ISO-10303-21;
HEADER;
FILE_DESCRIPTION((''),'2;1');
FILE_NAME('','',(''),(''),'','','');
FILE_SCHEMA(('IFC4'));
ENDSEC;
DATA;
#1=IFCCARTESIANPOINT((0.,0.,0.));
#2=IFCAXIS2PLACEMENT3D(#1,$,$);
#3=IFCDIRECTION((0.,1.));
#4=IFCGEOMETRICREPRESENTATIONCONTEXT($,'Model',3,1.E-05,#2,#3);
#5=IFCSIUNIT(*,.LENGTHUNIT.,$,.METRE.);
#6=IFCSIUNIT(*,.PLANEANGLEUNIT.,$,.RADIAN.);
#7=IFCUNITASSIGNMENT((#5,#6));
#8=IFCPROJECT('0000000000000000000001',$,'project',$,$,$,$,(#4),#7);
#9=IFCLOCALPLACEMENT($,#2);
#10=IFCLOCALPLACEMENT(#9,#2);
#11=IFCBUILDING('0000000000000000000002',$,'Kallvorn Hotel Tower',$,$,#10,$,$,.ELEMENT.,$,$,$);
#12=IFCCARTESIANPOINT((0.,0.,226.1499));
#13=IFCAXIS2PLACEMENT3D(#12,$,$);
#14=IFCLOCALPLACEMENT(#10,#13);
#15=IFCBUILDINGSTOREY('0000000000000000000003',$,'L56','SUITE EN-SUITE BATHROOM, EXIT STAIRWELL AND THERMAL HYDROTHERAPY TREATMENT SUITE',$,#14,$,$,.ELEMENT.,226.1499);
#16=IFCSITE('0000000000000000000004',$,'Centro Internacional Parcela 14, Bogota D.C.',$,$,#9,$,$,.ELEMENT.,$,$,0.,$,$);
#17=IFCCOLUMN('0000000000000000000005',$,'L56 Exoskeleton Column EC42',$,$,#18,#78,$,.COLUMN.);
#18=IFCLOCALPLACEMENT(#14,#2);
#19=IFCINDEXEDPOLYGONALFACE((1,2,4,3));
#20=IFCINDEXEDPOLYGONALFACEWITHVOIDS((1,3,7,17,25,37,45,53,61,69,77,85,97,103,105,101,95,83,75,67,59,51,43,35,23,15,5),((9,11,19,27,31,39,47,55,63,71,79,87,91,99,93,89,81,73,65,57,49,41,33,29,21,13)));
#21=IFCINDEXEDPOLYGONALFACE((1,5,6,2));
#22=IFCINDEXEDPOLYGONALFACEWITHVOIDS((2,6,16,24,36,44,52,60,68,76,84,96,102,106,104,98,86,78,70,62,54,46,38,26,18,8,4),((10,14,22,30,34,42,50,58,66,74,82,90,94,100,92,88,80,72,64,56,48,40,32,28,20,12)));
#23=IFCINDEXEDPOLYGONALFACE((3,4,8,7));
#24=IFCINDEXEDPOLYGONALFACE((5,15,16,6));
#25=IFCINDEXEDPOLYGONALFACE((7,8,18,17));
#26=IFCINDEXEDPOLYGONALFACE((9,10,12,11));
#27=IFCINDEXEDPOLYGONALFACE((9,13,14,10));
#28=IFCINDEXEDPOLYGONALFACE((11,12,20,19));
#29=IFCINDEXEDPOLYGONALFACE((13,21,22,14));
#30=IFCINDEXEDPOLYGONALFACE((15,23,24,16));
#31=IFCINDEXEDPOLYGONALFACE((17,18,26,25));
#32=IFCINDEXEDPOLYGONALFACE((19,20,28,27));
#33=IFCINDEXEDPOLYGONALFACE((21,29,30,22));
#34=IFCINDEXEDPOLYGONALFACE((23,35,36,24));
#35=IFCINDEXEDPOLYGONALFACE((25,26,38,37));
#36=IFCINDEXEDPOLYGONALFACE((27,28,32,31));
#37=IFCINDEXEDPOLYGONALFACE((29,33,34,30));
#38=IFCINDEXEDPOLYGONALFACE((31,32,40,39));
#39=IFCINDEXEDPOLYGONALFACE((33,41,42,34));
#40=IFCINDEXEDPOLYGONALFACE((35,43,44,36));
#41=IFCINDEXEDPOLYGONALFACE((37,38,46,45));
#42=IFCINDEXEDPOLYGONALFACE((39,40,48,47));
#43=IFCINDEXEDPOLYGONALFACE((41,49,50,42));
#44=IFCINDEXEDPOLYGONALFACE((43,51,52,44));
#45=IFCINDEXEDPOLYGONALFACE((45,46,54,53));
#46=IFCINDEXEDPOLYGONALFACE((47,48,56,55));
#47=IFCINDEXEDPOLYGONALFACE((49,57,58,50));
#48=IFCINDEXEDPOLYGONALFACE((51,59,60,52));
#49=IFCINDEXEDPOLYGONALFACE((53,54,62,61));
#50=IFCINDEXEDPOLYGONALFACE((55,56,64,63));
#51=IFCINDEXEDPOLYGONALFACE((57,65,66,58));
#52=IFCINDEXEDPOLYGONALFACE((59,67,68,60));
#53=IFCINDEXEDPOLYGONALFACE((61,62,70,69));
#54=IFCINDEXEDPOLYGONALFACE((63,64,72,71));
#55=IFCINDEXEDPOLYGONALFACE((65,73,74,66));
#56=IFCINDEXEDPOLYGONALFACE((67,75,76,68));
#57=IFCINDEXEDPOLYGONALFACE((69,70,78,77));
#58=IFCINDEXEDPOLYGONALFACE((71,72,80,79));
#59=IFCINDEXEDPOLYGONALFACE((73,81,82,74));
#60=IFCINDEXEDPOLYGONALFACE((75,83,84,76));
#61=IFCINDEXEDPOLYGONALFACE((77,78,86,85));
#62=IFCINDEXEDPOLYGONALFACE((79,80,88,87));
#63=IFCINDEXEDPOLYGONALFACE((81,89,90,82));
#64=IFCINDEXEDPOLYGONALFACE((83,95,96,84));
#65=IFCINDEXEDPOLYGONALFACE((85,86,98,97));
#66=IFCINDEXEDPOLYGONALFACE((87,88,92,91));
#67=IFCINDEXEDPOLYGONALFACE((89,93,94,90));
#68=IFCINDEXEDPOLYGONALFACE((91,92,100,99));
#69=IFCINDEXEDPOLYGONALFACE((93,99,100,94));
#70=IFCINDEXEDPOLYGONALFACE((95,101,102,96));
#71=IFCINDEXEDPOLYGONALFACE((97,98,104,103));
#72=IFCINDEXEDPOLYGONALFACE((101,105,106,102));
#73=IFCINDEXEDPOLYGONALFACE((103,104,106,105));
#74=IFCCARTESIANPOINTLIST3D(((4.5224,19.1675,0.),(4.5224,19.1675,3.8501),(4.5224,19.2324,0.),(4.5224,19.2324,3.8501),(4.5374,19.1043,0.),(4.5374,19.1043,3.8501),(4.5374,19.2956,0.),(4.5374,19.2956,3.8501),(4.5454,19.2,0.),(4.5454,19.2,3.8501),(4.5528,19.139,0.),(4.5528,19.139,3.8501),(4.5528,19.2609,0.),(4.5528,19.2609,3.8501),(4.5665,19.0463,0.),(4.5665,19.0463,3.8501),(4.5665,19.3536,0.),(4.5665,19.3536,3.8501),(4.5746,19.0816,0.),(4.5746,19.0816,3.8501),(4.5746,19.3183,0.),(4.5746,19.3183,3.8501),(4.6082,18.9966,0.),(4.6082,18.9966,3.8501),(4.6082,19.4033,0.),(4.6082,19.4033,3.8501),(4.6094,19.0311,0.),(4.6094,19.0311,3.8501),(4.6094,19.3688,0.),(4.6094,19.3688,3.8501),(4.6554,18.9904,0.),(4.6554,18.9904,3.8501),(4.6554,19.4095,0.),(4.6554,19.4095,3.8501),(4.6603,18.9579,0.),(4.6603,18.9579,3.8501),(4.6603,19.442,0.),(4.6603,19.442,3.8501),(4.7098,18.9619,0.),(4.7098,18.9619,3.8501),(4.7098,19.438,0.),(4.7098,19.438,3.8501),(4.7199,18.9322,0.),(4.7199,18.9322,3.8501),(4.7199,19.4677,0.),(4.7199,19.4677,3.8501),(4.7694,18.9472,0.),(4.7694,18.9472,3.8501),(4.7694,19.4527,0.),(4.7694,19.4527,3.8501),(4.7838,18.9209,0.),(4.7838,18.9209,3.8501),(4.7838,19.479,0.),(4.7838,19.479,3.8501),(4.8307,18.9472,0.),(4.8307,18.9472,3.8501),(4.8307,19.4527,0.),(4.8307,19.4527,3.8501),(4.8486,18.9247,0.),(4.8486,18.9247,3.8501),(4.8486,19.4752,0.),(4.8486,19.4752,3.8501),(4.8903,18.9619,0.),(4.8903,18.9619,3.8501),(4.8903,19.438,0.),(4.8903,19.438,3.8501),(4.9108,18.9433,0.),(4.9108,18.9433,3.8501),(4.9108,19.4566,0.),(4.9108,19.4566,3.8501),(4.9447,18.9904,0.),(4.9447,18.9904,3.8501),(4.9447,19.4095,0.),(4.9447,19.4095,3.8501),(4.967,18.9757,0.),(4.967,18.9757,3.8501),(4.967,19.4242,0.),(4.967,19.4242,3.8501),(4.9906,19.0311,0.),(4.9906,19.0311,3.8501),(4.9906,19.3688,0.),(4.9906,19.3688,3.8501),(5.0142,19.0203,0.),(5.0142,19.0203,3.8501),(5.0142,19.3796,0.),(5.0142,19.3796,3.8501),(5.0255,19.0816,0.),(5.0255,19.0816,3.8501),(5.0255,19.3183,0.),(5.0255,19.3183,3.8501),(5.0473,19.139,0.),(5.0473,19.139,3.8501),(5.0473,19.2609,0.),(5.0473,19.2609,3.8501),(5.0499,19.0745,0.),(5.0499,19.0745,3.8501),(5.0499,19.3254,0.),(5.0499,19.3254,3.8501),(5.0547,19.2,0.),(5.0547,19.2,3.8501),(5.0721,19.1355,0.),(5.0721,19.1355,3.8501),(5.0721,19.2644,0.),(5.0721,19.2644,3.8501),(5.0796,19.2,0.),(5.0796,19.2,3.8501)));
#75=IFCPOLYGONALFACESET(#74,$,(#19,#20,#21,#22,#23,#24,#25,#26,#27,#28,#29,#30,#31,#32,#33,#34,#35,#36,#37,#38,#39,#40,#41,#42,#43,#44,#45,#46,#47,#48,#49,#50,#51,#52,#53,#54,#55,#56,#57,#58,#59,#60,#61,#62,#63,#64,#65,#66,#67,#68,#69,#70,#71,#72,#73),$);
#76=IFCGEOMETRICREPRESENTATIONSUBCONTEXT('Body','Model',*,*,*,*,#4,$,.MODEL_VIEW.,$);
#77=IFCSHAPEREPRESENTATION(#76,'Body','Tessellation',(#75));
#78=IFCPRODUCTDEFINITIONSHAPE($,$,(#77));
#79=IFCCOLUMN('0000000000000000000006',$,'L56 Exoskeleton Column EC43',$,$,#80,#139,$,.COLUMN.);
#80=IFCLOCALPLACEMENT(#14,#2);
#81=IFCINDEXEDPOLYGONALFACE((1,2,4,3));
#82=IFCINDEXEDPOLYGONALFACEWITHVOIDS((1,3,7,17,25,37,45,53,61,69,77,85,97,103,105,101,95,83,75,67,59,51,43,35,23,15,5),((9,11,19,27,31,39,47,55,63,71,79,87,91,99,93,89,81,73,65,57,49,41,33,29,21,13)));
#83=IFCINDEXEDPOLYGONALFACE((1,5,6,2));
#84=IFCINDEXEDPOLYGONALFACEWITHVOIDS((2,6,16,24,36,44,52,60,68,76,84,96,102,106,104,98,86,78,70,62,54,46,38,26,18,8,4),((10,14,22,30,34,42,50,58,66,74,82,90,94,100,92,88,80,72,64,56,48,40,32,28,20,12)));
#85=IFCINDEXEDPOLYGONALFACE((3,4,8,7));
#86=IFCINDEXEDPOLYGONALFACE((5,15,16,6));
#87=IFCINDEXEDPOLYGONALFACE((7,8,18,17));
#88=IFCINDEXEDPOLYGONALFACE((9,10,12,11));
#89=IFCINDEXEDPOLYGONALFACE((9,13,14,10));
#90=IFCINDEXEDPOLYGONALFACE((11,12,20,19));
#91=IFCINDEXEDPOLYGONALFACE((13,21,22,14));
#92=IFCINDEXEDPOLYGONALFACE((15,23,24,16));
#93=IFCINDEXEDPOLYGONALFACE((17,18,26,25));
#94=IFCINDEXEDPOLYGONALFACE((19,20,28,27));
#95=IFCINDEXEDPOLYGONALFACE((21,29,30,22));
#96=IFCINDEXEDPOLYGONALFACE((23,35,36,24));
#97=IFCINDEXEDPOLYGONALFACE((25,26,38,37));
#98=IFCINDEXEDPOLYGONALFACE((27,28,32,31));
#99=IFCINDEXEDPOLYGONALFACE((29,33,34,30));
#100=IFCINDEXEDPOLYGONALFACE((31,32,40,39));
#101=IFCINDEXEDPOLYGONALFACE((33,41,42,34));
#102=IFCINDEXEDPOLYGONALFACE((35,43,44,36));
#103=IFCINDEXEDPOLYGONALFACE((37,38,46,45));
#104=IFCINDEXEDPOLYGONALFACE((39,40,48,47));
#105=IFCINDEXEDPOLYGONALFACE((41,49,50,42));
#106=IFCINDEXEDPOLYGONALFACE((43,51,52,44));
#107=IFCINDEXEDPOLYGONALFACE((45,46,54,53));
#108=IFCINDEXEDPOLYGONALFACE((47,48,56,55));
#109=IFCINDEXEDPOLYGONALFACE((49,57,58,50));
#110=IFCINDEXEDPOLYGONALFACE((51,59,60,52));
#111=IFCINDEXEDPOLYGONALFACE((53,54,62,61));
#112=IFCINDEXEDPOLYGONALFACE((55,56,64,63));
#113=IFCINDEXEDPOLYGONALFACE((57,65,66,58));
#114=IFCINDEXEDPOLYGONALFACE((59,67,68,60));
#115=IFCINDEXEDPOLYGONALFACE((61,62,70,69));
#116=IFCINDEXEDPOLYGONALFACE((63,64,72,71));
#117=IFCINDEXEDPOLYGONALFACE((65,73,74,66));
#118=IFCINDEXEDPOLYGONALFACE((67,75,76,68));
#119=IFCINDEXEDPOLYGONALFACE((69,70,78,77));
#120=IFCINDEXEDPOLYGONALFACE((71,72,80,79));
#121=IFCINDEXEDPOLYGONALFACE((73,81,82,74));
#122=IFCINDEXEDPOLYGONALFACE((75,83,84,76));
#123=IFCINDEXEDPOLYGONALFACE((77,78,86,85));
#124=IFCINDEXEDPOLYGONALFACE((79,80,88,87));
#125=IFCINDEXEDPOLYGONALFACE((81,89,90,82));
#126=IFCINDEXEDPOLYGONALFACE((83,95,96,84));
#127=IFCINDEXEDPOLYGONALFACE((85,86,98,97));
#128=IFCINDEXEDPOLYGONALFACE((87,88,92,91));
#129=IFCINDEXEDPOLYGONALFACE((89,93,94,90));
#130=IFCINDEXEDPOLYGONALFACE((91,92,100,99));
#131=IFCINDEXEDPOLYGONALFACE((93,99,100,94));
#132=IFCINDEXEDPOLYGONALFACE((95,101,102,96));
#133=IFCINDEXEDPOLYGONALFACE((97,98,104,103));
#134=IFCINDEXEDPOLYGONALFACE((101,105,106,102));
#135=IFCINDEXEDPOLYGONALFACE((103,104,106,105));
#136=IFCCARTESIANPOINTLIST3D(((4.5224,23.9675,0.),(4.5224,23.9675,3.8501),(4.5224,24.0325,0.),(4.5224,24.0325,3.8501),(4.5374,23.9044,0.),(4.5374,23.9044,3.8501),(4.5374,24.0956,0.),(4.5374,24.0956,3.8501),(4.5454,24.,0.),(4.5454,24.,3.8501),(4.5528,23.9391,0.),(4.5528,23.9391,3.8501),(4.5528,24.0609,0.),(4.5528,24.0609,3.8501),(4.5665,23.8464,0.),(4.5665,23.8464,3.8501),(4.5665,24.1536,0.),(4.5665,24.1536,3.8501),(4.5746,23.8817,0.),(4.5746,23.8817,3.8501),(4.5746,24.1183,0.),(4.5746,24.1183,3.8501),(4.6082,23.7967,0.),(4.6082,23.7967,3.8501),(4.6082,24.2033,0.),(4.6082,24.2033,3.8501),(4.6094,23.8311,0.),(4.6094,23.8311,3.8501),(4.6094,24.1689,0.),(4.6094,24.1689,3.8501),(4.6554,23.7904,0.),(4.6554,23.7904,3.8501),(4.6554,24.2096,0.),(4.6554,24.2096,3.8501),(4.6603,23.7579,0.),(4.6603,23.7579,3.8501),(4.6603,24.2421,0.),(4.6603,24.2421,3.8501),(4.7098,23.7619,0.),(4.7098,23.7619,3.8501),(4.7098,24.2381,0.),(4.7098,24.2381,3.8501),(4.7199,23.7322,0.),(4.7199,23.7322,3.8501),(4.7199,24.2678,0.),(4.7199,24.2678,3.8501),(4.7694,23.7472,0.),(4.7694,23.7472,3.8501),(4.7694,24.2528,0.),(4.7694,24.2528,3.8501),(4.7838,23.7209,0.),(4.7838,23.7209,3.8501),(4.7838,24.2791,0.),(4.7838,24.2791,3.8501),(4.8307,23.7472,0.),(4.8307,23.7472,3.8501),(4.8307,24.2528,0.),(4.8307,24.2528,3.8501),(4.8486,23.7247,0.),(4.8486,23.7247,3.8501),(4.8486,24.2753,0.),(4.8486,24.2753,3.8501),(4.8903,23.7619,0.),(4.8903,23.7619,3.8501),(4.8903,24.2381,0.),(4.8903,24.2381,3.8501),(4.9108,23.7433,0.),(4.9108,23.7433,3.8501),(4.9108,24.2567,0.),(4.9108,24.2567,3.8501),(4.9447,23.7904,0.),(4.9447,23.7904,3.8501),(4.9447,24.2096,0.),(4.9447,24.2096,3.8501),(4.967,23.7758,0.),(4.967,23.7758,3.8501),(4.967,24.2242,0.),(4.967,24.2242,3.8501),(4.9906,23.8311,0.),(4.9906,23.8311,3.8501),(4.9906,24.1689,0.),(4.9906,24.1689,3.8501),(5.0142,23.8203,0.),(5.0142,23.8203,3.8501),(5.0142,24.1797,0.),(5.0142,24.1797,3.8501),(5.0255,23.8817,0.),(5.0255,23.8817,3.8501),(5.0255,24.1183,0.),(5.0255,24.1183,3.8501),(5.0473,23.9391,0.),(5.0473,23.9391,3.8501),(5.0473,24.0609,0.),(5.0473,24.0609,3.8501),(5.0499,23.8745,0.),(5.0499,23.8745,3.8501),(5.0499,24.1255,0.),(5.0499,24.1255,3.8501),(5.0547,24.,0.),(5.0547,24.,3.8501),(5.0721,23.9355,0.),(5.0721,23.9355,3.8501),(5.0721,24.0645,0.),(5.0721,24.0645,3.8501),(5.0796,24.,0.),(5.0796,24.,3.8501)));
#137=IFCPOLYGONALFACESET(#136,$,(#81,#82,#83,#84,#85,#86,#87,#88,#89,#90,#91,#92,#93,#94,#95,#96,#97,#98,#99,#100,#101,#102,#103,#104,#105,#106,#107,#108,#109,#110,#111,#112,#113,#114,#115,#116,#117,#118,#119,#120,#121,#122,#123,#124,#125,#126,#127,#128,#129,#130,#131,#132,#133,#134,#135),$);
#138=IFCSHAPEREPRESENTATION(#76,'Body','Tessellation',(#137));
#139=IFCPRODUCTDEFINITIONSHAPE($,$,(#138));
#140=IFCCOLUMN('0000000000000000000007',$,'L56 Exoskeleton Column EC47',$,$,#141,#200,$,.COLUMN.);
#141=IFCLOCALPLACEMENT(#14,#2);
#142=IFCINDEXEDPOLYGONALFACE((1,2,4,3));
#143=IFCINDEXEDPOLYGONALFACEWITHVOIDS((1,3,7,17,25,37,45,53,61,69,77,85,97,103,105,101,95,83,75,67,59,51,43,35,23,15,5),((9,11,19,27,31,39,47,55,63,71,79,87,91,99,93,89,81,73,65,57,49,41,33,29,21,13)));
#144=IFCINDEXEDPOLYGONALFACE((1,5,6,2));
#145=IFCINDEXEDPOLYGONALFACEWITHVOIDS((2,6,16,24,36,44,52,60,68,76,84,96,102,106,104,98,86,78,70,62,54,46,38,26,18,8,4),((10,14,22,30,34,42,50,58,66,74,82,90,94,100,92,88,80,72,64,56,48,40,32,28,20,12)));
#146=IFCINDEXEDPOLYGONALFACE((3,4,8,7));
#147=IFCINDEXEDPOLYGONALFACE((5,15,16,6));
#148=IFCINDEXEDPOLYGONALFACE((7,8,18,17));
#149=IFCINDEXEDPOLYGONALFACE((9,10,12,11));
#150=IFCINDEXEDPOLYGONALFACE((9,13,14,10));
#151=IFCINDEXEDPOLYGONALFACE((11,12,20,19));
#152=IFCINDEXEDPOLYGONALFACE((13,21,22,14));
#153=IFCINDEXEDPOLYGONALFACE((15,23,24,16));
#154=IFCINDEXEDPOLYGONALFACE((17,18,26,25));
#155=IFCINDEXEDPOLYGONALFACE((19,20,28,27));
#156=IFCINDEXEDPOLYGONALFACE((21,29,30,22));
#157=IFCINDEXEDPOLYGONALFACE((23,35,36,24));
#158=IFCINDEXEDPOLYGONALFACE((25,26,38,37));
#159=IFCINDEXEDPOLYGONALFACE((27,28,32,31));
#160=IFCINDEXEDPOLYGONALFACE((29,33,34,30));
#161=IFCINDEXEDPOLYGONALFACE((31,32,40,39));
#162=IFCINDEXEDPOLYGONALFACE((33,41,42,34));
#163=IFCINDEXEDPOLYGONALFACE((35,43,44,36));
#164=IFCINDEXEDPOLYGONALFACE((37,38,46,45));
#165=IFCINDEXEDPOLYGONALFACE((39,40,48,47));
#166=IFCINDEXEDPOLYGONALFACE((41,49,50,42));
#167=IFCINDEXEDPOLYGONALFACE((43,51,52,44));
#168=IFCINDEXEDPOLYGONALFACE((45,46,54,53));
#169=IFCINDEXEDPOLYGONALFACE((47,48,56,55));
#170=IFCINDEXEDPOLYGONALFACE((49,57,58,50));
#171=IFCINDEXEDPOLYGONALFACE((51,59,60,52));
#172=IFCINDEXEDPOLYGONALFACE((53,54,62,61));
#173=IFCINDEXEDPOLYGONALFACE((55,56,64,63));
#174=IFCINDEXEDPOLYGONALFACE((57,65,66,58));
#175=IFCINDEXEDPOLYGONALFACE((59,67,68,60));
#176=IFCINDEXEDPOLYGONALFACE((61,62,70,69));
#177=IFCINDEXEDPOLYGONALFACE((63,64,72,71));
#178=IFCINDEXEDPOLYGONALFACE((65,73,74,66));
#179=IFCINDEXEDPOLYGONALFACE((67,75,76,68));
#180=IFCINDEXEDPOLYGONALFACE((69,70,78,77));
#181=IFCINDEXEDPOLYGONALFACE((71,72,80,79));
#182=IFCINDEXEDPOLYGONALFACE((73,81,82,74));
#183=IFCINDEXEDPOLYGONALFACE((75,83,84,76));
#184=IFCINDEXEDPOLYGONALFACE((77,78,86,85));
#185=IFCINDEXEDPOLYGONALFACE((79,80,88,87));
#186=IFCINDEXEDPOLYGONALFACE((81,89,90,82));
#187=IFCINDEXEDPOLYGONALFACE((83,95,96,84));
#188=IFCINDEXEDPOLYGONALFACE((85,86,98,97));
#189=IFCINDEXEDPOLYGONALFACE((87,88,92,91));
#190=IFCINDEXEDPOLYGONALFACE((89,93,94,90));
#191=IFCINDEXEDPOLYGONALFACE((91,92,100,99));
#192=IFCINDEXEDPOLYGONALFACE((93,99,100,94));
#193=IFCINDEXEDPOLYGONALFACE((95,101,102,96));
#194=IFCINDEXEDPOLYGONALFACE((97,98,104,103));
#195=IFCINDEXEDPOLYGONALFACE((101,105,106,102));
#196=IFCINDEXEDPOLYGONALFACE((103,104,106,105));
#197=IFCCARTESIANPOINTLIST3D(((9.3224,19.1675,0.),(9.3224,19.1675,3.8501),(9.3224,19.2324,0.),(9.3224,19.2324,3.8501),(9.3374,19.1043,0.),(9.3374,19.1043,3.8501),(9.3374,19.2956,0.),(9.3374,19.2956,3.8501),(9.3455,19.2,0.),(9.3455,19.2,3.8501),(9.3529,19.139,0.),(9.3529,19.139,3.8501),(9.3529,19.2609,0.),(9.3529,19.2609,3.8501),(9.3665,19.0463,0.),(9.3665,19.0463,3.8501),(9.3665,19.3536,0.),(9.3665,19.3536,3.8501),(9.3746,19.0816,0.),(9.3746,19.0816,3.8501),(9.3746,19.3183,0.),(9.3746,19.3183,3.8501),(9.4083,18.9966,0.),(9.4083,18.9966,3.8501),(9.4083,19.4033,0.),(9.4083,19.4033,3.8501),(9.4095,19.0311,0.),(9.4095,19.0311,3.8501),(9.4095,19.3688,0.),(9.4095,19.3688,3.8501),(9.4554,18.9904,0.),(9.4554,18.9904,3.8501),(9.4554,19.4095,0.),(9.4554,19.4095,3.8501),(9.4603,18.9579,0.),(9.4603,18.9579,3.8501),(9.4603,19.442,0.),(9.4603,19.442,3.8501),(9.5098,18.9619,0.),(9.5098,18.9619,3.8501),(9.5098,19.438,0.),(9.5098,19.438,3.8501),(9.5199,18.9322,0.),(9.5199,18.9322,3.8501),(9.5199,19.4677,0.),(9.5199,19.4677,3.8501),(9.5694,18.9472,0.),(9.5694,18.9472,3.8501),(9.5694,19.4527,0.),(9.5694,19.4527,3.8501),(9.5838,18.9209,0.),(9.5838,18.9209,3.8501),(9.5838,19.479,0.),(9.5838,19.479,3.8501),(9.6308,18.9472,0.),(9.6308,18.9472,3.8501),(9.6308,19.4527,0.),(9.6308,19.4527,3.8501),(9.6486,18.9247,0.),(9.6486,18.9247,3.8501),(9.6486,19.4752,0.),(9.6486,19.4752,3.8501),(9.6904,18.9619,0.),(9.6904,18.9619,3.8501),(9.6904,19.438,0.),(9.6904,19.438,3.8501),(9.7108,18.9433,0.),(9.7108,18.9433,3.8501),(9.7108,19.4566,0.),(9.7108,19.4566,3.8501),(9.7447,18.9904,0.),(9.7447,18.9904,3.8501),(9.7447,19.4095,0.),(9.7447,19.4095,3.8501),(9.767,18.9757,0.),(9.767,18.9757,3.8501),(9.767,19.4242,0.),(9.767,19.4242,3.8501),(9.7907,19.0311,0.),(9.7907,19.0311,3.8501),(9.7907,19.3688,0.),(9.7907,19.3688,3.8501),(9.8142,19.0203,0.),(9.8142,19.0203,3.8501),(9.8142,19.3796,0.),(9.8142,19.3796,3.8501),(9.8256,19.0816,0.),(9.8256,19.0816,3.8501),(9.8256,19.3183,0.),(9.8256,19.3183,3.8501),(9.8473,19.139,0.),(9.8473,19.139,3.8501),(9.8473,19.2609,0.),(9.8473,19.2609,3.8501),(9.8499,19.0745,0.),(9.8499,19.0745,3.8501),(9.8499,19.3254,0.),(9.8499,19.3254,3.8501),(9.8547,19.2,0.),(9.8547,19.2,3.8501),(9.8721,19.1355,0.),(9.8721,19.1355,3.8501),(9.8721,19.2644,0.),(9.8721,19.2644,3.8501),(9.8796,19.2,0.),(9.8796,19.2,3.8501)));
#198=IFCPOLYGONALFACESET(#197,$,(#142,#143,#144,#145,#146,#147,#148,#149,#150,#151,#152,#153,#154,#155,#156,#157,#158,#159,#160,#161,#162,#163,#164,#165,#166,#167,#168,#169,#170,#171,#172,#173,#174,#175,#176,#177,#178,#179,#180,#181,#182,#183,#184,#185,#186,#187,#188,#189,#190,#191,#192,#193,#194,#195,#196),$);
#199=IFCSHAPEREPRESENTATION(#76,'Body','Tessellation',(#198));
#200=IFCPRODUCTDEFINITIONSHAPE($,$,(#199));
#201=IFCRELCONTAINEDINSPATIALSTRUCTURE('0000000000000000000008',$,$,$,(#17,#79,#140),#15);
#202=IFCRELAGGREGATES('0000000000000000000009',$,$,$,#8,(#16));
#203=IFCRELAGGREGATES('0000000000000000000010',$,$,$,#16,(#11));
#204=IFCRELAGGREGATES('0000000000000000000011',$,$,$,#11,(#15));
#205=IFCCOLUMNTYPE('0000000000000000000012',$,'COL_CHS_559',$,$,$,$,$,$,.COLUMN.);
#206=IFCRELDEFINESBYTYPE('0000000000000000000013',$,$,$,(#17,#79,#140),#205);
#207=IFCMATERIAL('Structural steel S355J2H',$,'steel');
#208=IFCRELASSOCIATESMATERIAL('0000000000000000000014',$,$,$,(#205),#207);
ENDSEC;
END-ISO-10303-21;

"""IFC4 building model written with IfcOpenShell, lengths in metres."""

from ifc_helpers import new_model, si_unit, direction, frame, origin, origin_2d, place, context, subcontext, project, spatial, hollow_circle, extrude, material, material_profile, profile_set, type_object, element, save


model = new_model("IFC4")

# Units and contexts
model_context = context("Model", 3, precision=1e-05, world=origin(), true_north=direction((0.0, 1.0)))
body_context = subcontext(model_context, "Body", "Model", "MODEL_VIEW")
ifc_project = project(units=[si_unit("LENGTHUNIT", "METRE"), si_unit("PLANEANGLEUNIT", "RADIAN")], contexts=[model_context])

# Site, building, storey
site_placement = place(None, origin())
site = spatial("IfcSite", under=ifc_project, at=site_placement, Name="Centro Internacional Parcela 14, Bogota D.C.", CompositionType="ELEMENT", RefElevation=0.0)
building_placement = place(site_placement, origin())
building = spatial("IfcBuilding", under=site, at=building_placement, Name="Kallvorn Hotel Tower", CompositionType="ELEMENT")
storey_placement = place(building_placement, frame((0.0, 0.0, 226.1499)))
storey = spatial("IfcBuildingStorey", under=building, at=storey_placement, Name="L56", Description="SUITE EN-SUITE BATHROOM, EXIT STAIRWELL AND THERMAL HYDROTHERAPY TREATMENT SUITE", CompositionType="ELEMENT", Elevation=226.1499)

# Columns
ifc_material_1 = material(Name="Structural steel S355J2H", Category="steel")
ifc_material_profile_1 = material_profile(ifc_material_1, hollow_circle(Radius=0.2795, WallThickness=0.0249, at=origin_2d()), Name="CHS 559x25")
ifc_profile_set_1 = profile_set([ifc_material_profile_1], Name="Structural steel S355J2H")
column_type_1 = type_object("IfcColumnType", Name="COL_CHS_559", PredefinedType="COLUMN", material=ifc_profile_set_1)
for number, where, z_axis, x_axis, name in (
    (1, (4.8, 19.2, 0.0), (0.0, 0.0, 1.0), (1.0, 0.0, 0.0), "L56 Exoskeleton Column EC42"),
    (2, (4.8, 24.0, 0.0), (0.0, 0.0, 1.0), (1.0, 0.0, 0.0), "L56 Exoskeleton Column EC43"),
    (3, (9.6001, 19.2, 0.0), (0.0, 0.0, 1.0), (1.0, 0.0, 0.0), "L56 Exoskeleton Column EC47"),
):
    element("IfcColumn", number, at=place(storey_placement, frame(where, z_axis=z_axis, x_axis=x_axis)), inside=storey, type_object=column_type_1, Name=name, PredefinedType="COLUMN", context=body_context, shape_type="SweptSolid", body=[
        extrude(hollow_circle(Radius=0.2795, WallThickness=0.0249, at=origin_2d()), origin(), (0.0, 0.0, 1.0), 3.8501),
    ])

save(model, "model.ifc")
